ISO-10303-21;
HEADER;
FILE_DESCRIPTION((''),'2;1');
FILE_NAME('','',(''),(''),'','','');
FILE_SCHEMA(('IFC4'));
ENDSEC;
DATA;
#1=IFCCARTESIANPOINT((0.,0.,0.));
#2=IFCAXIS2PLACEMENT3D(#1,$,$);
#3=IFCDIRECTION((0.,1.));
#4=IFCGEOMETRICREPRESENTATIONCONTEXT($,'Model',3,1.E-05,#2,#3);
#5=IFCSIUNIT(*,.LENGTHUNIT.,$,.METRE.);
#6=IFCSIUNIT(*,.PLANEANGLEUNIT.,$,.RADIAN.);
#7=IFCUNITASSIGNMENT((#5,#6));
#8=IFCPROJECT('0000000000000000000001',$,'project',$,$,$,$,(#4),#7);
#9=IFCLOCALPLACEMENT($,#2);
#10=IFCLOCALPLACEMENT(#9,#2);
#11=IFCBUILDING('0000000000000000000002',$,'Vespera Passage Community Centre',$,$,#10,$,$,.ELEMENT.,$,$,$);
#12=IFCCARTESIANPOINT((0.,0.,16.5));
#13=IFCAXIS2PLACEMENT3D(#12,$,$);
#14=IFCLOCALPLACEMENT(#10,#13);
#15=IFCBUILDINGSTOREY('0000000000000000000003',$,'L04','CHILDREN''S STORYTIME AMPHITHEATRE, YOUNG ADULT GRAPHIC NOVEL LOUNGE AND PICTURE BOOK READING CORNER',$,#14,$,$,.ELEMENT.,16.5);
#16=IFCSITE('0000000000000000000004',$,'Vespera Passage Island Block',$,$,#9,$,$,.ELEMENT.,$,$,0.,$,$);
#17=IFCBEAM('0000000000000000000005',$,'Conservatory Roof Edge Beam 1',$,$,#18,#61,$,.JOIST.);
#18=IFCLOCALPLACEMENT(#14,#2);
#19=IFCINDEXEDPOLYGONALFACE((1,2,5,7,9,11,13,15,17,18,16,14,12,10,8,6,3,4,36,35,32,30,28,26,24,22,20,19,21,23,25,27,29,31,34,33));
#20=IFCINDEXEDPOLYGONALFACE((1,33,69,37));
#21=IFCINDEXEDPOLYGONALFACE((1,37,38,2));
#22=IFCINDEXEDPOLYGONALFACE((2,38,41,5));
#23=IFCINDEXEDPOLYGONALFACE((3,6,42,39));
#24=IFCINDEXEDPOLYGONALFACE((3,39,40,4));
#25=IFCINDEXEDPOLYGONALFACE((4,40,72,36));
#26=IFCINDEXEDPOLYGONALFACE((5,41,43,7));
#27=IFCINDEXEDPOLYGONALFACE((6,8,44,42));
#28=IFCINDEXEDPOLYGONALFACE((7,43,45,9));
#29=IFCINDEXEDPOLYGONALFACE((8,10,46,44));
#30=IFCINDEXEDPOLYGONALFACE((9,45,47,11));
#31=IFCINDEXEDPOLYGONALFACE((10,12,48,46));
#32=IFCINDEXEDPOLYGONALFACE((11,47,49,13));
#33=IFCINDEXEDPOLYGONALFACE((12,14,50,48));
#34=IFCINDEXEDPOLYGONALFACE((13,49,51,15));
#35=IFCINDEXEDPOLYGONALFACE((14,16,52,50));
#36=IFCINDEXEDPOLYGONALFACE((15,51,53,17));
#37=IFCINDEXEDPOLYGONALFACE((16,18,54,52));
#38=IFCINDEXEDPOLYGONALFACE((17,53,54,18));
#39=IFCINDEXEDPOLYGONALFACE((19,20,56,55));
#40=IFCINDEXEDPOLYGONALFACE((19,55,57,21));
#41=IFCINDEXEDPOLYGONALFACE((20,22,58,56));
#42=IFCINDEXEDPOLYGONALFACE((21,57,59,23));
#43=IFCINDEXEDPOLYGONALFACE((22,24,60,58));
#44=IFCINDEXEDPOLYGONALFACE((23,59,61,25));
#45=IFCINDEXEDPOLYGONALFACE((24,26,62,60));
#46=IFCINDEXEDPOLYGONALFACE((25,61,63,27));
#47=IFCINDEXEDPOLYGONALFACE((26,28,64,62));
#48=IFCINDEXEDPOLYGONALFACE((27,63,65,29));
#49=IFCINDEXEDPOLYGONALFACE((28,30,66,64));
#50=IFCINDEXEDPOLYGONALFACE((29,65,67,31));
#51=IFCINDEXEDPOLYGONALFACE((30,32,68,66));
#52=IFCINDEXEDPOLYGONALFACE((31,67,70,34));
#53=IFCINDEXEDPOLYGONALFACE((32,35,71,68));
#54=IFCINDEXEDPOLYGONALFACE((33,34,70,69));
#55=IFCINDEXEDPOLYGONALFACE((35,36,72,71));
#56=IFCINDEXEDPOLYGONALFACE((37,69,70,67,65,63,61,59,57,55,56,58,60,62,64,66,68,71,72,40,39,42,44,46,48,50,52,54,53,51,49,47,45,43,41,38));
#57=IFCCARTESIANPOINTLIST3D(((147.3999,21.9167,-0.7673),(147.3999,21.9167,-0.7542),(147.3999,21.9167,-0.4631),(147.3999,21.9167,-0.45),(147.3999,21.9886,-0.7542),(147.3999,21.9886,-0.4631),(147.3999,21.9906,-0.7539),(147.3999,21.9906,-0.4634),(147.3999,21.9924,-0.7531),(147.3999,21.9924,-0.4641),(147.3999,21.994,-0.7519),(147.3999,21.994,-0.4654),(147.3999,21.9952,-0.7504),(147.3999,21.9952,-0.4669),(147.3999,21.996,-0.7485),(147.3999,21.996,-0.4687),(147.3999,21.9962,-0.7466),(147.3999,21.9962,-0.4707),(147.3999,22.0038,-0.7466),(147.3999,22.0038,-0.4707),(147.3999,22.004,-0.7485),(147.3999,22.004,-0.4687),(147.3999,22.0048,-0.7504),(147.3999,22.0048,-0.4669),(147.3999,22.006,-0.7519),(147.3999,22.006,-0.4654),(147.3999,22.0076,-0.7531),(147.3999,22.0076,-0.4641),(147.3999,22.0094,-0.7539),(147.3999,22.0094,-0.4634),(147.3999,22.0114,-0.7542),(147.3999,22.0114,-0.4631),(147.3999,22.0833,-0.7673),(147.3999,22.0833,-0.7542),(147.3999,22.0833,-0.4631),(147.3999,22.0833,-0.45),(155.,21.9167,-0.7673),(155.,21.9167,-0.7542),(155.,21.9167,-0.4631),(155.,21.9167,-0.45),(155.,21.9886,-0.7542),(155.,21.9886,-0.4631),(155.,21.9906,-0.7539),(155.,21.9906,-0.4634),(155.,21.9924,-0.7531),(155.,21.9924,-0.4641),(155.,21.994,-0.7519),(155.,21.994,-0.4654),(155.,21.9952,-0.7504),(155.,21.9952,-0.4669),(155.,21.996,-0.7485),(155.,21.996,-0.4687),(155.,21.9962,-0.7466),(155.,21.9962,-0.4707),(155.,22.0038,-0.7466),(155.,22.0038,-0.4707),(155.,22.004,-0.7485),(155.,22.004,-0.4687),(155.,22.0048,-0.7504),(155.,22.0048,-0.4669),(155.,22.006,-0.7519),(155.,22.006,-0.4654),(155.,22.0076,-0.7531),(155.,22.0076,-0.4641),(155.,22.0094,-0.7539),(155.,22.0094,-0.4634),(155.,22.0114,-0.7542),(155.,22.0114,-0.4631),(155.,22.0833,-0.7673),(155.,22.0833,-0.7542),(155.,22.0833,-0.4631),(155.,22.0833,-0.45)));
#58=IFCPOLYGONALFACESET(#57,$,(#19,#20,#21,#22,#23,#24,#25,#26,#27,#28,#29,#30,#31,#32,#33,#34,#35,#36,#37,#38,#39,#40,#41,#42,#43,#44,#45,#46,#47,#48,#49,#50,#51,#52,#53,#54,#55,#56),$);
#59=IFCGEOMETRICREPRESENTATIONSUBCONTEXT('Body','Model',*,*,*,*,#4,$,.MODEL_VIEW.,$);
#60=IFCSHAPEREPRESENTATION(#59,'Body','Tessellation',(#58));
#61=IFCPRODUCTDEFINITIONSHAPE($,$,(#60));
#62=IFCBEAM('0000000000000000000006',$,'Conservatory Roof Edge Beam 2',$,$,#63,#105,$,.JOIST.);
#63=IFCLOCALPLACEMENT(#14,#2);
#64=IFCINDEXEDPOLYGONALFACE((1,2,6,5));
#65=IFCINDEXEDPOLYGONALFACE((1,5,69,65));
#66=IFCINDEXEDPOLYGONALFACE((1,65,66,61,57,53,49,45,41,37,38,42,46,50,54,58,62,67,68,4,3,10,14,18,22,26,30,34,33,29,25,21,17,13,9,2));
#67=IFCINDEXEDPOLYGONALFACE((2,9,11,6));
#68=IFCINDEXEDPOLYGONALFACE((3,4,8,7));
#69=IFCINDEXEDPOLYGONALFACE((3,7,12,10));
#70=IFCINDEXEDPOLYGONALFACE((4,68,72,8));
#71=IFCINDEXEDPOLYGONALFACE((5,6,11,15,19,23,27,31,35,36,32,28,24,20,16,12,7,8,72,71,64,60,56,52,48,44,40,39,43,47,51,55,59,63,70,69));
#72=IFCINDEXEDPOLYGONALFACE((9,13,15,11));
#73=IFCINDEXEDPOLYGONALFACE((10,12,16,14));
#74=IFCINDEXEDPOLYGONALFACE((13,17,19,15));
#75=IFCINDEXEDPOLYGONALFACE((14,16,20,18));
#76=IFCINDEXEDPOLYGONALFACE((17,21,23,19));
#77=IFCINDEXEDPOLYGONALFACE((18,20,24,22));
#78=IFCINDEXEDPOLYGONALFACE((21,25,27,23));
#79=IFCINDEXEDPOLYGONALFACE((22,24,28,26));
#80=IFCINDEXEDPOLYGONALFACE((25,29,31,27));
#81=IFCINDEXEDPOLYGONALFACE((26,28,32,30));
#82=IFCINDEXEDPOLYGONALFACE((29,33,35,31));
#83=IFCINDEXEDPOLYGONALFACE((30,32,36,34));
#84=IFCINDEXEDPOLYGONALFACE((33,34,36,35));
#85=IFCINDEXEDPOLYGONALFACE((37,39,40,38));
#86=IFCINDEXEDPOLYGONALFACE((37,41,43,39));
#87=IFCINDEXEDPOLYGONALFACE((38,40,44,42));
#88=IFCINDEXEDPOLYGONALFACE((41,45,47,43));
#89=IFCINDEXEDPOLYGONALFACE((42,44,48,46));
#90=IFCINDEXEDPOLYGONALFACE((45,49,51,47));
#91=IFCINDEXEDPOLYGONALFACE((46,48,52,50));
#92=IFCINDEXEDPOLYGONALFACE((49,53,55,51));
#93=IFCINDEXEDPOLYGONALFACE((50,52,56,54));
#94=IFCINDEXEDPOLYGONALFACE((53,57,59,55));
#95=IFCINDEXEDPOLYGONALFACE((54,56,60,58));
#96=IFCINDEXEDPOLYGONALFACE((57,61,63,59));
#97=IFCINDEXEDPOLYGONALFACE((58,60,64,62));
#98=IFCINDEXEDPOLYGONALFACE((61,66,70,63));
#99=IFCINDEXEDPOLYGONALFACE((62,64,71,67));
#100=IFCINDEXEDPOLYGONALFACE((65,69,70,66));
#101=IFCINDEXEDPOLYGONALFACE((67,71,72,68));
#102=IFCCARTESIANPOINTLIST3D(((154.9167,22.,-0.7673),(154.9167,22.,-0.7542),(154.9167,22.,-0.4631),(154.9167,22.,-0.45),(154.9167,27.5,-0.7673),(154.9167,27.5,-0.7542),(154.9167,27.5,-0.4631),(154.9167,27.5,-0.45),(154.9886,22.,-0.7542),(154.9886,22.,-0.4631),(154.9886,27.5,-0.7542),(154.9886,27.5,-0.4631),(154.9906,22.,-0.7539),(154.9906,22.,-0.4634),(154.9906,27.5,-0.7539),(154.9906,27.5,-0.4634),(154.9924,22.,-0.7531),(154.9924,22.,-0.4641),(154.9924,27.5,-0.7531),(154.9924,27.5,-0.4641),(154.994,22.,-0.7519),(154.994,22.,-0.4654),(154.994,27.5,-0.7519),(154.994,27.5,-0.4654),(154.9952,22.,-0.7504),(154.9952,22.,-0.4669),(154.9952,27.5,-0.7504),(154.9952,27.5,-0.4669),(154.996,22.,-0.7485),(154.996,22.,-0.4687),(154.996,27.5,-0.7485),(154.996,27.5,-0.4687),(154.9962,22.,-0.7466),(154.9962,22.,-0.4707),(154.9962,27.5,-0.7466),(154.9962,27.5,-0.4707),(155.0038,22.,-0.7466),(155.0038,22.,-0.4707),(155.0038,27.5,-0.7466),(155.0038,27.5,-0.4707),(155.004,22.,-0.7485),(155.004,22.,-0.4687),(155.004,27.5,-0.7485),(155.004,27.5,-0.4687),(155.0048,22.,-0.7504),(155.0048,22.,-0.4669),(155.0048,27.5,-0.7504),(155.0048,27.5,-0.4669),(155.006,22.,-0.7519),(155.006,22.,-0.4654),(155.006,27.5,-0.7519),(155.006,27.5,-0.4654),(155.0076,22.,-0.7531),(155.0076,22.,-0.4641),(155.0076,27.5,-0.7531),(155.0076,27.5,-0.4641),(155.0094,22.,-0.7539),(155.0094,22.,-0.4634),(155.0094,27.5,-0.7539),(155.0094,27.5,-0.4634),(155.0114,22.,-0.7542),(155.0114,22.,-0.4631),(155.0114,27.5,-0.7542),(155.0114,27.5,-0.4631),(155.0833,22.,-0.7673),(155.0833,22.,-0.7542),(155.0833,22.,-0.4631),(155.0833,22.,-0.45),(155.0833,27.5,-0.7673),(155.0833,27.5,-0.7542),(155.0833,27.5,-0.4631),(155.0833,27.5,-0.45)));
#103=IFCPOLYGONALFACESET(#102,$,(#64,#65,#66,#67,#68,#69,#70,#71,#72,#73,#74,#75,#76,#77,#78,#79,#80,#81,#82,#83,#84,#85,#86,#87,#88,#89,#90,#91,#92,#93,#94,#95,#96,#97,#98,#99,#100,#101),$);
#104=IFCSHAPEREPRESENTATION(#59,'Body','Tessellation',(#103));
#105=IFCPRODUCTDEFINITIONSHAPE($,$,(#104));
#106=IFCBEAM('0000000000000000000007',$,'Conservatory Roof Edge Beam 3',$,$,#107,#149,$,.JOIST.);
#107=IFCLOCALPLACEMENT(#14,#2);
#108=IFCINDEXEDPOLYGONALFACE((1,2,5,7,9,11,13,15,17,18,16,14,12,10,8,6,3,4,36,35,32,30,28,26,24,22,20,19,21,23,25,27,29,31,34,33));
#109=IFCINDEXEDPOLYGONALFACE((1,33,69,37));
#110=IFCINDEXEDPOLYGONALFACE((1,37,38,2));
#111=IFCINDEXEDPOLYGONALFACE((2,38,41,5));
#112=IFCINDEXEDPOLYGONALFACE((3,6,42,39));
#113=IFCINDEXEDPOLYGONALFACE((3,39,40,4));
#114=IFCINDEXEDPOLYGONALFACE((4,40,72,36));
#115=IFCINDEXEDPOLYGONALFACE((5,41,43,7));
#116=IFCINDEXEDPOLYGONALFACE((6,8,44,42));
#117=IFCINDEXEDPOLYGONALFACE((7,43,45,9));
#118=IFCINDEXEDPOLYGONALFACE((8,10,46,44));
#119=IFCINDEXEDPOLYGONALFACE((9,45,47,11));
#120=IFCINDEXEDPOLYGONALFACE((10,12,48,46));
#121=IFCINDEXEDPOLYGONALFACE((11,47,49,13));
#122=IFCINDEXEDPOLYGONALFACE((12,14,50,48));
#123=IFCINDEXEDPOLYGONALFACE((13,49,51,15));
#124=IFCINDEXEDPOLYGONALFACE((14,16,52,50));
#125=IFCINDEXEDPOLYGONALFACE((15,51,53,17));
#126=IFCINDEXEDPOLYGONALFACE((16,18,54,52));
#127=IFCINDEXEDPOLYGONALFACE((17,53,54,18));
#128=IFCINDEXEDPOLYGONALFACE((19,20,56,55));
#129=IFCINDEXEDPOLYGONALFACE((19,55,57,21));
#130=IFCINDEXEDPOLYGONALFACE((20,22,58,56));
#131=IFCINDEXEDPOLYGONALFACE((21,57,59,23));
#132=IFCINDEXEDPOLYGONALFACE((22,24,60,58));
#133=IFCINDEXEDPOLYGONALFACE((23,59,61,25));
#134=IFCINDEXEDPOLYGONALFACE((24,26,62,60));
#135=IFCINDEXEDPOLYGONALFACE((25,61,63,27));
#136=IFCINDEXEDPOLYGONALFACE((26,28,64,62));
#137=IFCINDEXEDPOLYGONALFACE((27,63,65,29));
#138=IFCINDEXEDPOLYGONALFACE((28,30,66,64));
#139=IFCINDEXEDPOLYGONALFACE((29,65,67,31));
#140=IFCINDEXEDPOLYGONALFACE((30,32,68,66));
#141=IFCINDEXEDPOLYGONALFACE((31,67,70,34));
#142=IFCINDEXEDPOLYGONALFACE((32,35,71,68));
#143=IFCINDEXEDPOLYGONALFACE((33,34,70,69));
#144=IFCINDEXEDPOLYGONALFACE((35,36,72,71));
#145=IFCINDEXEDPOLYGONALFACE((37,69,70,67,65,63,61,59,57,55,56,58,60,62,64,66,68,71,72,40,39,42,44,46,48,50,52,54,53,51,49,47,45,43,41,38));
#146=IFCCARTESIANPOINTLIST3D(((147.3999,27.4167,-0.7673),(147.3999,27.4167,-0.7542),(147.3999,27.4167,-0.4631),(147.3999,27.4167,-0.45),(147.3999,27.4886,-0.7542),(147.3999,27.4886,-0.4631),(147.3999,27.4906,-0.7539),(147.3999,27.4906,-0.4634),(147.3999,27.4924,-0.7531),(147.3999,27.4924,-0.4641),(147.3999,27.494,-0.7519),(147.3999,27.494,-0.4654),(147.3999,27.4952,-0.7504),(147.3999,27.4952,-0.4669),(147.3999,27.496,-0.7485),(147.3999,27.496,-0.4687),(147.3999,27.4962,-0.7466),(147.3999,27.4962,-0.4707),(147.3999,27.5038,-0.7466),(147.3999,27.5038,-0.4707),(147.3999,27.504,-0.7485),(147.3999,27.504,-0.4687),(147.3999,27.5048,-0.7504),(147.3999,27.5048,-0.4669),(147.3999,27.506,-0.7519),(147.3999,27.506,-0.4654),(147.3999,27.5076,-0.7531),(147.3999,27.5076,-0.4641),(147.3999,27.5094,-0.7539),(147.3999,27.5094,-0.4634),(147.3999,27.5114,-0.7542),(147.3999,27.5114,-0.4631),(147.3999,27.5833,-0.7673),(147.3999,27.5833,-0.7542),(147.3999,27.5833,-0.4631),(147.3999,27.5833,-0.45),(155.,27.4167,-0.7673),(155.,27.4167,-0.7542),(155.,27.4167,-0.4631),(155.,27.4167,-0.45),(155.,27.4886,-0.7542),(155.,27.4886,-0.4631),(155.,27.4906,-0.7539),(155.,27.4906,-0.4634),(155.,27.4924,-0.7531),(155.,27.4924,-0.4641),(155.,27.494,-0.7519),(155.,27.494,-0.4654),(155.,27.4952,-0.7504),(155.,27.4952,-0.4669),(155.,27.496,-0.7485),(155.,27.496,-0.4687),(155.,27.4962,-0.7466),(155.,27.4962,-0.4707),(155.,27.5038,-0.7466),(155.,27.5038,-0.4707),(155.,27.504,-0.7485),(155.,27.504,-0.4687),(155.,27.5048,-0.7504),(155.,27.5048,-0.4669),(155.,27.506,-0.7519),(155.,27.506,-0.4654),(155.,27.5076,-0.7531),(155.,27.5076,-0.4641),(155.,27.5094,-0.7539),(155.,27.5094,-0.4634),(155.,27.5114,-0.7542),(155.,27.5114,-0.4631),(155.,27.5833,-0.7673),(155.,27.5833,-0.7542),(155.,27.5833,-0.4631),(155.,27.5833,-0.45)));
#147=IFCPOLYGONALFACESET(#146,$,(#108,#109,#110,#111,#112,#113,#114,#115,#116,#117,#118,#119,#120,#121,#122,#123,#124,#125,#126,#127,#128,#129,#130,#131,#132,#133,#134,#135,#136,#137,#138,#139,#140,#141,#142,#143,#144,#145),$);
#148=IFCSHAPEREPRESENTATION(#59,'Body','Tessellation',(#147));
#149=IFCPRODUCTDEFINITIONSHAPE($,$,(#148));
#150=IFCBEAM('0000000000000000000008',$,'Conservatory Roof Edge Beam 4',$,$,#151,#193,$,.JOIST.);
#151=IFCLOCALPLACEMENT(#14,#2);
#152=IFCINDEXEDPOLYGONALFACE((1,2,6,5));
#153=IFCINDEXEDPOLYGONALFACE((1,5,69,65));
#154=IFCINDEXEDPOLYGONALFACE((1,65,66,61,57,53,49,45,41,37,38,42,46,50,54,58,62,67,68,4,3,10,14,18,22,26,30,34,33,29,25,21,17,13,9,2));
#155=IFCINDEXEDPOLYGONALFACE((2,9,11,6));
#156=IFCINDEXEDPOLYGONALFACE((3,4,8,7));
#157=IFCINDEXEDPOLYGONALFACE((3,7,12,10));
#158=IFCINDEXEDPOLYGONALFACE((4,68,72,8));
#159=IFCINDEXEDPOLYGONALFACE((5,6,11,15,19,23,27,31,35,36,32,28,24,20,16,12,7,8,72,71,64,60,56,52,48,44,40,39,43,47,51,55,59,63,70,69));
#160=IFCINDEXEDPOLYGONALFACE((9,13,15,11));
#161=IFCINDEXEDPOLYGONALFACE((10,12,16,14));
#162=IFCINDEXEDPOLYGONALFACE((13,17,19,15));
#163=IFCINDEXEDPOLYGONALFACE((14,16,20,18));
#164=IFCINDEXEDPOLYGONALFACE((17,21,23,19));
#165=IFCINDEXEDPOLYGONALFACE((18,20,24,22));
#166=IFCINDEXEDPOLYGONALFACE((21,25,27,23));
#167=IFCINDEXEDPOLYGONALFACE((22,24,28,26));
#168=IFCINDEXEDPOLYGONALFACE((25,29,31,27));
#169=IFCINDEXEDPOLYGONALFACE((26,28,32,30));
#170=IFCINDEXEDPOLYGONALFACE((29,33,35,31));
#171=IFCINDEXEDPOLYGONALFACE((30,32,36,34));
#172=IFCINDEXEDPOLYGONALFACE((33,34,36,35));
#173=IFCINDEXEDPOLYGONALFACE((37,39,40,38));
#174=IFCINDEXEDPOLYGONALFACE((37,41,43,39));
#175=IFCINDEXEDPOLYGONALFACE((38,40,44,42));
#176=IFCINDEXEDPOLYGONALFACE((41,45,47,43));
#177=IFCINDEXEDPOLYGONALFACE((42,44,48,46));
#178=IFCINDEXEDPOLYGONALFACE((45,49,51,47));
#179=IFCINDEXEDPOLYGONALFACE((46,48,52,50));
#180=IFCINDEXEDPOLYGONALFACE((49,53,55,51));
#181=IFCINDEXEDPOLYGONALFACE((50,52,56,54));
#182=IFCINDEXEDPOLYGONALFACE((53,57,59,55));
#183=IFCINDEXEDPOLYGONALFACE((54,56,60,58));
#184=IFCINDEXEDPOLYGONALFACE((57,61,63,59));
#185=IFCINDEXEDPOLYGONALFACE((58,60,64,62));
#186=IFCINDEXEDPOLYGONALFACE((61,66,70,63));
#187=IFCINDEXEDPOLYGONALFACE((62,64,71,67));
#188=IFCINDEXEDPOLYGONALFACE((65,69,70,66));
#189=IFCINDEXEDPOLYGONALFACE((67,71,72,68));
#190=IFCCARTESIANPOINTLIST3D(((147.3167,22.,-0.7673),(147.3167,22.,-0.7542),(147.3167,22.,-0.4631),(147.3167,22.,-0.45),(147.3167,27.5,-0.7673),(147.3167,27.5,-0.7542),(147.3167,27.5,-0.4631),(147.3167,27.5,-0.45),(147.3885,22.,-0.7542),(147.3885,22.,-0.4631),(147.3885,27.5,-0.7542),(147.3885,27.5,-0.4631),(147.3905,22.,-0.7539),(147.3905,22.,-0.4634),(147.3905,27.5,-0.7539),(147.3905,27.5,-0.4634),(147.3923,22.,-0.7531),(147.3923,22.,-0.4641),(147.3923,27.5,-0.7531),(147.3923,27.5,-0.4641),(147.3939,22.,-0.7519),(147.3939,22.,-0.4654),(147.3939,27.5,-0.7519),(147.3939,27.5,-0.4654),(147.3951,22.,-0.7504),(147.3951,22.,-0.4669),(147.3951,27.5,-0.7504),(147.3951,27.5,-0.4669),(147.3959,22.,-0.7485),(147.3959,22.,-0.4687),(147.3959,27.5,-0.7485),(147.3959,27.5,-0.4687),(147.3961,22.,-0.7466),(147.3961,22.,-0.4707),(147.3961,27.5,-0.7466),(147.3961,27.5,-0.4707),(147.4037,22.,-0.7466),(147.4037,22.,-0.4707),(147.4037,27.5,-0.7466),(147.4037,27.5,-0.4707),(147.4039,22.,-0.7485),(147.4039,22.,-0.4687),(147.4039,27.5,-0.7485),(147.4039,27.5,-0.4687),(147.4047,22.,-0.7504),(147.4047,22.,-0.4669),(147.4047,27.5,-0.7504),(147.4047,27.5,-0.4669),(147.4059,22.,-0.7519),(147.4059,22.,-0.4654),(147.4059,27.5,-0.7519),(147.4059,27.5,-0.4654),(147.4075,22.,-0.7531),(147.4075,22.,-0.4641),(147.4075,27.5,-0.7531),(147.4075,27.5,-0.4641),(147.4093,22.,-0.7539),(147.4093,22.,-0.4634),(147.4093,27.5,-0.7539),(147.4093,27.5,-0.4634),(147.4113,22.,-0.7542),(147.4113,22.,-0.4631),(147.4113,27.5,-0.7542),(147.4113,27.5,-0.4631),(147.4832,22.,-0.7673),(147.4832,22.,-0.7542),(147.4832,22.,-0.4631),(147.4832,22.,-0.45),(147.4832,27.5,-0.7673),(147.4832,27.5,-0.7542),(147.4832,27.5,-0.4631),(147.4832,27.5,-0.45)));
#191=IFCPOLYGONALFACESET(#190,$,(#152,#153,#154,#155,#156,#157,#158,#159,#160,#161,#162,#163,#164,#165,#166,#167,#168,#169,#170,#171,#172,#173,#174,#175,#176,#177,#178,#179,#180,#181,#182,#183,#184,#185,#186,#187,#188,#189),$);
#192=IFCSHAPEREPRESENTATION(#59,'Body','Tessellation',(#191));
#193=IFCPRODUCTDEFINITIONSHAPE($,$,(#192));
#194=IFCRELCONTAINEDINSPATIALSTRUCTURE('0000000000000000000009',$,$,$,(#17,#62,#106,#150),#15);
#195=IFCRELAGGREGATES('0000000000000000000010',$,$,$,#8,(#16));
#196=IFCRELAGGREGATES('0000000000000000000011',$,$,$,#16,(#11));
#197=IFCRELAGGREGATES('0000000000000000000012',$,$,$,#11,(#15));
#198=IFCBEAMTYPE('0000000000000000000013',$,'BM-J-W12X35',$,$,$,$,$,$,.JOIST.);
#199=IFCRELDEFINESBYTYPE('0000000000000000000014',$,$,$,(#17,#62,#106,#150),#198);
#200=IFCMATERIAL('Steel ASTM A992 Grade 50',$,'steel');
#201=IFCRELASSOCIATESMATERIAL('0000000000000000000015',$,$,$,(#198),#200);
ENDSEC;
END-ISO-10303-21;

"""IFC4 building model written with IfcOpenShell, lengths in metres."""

from ifc_helpers import new_model, si_unit, direction, frame, origin, origin_2d, place, context, subcontext, project, spatial, i_section, extrude, material, material_profile, profile_set, type_object, element, save


model = new_model("IFC4")

# Units and contexts
model_context = context("Model", 3, precision=1e-05, world=origin(), true_north=direction((0.0, 1.0)))
body_context = subcontext(model_context, "Body", "Model", "MODEL_VIEW")
ifc_project = project(units=[si_unit("LENGTHUNIT", "METRE"), si_unit("PLANEANGLEUNIT", "RADIAN")], contexts=[model_context])

# Site, building, storey
site_placement = place(None, origin())
site = spatial("IfcSite", under=ifc_project, at=site_placement, Name="Vespera Passage Island Block", CompositionType="ELEMENT", RefElevation=0.0)
building_placement = place(site_placement, origin())
building = spatial("IfcBuilding", under=site, at=building_placement, Name="Vespera Passage Community Centre", CompositionType="ELEMENT")
storey_placement = place(building_placement, frame((0.0, 0.0, 16.5)))
storey = spatial("IfcBuildingStorey", under=building, at=storey_placement, Name="L04", Description="CHILDREN'S STORYTIME AMPHITHEATRE, YOUNG ADULT GRAPHIC NOVEL LOUNGE AND PICTURE BOOK READING CORNER", CompositionType="ELEMENT", Elevation=16.5)

# Beams
ifc_material_1 = material(Name="Steel ASTM A992 Grade 50", Category="steel")
ifc_material_profile_1 = material_profile(ifc_material_1, i_section(OverallWidth=0.1665, OverallDepth=0.3174, WebThickness=0.0076, FlangeThickness=0.0132, FilletRadius=0.0076, at=origin_2d()), Name="W12X35")
ifc_profile_set_1 = profile_set([ifc_material_profile_1], Name="Steel ASTM A992 Grade 50")
beam_type_1 = type_object("IfcBeamType", Name="BM-J-W12X35", PredefinedType="JOIST", material=ifc_profile_set_1)
beam_1_placement = place(storey_placement, frame((147.3999, 22.0, -0.6086), z_axis=(1.0, 0.0, 0.0), x_axis=(0.0, 1.0, 0.0)))
element("IfcBeam", 1, at=beam_1_placement, inside=storey, type_object=beam_type_1, Name="Conservatory Roof Edge Beam 1", PredefinedType="JOIST", context=body_context, shape_type="SweptSolid", body=[
    extrude(i_section(OverallWidth=0.1665, OverallDepth=0.3174, WebThickness=0.0076, FlangeThickness=0.0132, FilletRadius=0.0076, at=origin_2d()), origin(), (0.0, 0.0, 1.0), 7.6001),
])
beam_2_placement = place(storey_placement, frame((155.0, 22.0, -0.6086), z_axis=(0.0, 1.0, 0.0), x_axis=(-1.0, 0.0, 0.0)))
element("IfcBeam", 2, at=beam_2_placement, inside=storey, type_object=beam_type_1, Name="Conservatory Roof Edge Beam 2", PredefinedType="JOIST", context=body_context, shape_type="SweptSolid", body=[
    extrude(i_section(OverallWidth=0.1665, OverallDepth=0.3174, WebThickness=0.0076, FlangeThickness=0.0132, FilletRadius=0.0076, at=origin_2d()), origin(), (0.0, 0.0, 1.0), 5.5),
])
beam_3_placement = place(storey_placement, frame((155.0, 27.5, -0.6086), z_axis=(-1.0, 0.0, 0.0), x_axis=(0.0, -1.0, 0.0)))
element("IfcBeam", 3, at=beam_3_placement, inside=storey, type_object=beam_type_1, Name="Conservatory Roof Edge Beam 3", PredefinedType="JOIST", context=body_context, shape_type="SweptSolid", body=[
    extrude(i_section(OverallWidth=0.1665, OverallDepth=0.3174, WebThickness=0.0076, FlangeThickness=0.0132, FilletRadius=0.0076, at=origin_2d()), origin(), (0.0, 0.0, 1.0), 7.6001),
])
beam_4_placement = place(storey_placement, frame((147.3999, 27.5, -0.6086), z_axis=(0.0, -1.0, 0.0), x_axis=(1.0, 0.0, 0.0)))
element("IfcBeam", 4, at=beam_4_placement, inside=storey, type_object=beam_type_1, Name="Conservatory Roof Edge Beam 4", PredefinedType="JOIST", context=body_context, shape_type="SweptSolid", body=[
    extrude(i_section(OverallWidth=0.1665, OverallDepth=0.3174, WebThickness=0.0076, FlangeThickness=0.0132, FilletRadius=0.0076, at=origin_2d()), origin(), (0.0, 0.0, 1.0), 5.5),
])

save(model, "model.ifc")
